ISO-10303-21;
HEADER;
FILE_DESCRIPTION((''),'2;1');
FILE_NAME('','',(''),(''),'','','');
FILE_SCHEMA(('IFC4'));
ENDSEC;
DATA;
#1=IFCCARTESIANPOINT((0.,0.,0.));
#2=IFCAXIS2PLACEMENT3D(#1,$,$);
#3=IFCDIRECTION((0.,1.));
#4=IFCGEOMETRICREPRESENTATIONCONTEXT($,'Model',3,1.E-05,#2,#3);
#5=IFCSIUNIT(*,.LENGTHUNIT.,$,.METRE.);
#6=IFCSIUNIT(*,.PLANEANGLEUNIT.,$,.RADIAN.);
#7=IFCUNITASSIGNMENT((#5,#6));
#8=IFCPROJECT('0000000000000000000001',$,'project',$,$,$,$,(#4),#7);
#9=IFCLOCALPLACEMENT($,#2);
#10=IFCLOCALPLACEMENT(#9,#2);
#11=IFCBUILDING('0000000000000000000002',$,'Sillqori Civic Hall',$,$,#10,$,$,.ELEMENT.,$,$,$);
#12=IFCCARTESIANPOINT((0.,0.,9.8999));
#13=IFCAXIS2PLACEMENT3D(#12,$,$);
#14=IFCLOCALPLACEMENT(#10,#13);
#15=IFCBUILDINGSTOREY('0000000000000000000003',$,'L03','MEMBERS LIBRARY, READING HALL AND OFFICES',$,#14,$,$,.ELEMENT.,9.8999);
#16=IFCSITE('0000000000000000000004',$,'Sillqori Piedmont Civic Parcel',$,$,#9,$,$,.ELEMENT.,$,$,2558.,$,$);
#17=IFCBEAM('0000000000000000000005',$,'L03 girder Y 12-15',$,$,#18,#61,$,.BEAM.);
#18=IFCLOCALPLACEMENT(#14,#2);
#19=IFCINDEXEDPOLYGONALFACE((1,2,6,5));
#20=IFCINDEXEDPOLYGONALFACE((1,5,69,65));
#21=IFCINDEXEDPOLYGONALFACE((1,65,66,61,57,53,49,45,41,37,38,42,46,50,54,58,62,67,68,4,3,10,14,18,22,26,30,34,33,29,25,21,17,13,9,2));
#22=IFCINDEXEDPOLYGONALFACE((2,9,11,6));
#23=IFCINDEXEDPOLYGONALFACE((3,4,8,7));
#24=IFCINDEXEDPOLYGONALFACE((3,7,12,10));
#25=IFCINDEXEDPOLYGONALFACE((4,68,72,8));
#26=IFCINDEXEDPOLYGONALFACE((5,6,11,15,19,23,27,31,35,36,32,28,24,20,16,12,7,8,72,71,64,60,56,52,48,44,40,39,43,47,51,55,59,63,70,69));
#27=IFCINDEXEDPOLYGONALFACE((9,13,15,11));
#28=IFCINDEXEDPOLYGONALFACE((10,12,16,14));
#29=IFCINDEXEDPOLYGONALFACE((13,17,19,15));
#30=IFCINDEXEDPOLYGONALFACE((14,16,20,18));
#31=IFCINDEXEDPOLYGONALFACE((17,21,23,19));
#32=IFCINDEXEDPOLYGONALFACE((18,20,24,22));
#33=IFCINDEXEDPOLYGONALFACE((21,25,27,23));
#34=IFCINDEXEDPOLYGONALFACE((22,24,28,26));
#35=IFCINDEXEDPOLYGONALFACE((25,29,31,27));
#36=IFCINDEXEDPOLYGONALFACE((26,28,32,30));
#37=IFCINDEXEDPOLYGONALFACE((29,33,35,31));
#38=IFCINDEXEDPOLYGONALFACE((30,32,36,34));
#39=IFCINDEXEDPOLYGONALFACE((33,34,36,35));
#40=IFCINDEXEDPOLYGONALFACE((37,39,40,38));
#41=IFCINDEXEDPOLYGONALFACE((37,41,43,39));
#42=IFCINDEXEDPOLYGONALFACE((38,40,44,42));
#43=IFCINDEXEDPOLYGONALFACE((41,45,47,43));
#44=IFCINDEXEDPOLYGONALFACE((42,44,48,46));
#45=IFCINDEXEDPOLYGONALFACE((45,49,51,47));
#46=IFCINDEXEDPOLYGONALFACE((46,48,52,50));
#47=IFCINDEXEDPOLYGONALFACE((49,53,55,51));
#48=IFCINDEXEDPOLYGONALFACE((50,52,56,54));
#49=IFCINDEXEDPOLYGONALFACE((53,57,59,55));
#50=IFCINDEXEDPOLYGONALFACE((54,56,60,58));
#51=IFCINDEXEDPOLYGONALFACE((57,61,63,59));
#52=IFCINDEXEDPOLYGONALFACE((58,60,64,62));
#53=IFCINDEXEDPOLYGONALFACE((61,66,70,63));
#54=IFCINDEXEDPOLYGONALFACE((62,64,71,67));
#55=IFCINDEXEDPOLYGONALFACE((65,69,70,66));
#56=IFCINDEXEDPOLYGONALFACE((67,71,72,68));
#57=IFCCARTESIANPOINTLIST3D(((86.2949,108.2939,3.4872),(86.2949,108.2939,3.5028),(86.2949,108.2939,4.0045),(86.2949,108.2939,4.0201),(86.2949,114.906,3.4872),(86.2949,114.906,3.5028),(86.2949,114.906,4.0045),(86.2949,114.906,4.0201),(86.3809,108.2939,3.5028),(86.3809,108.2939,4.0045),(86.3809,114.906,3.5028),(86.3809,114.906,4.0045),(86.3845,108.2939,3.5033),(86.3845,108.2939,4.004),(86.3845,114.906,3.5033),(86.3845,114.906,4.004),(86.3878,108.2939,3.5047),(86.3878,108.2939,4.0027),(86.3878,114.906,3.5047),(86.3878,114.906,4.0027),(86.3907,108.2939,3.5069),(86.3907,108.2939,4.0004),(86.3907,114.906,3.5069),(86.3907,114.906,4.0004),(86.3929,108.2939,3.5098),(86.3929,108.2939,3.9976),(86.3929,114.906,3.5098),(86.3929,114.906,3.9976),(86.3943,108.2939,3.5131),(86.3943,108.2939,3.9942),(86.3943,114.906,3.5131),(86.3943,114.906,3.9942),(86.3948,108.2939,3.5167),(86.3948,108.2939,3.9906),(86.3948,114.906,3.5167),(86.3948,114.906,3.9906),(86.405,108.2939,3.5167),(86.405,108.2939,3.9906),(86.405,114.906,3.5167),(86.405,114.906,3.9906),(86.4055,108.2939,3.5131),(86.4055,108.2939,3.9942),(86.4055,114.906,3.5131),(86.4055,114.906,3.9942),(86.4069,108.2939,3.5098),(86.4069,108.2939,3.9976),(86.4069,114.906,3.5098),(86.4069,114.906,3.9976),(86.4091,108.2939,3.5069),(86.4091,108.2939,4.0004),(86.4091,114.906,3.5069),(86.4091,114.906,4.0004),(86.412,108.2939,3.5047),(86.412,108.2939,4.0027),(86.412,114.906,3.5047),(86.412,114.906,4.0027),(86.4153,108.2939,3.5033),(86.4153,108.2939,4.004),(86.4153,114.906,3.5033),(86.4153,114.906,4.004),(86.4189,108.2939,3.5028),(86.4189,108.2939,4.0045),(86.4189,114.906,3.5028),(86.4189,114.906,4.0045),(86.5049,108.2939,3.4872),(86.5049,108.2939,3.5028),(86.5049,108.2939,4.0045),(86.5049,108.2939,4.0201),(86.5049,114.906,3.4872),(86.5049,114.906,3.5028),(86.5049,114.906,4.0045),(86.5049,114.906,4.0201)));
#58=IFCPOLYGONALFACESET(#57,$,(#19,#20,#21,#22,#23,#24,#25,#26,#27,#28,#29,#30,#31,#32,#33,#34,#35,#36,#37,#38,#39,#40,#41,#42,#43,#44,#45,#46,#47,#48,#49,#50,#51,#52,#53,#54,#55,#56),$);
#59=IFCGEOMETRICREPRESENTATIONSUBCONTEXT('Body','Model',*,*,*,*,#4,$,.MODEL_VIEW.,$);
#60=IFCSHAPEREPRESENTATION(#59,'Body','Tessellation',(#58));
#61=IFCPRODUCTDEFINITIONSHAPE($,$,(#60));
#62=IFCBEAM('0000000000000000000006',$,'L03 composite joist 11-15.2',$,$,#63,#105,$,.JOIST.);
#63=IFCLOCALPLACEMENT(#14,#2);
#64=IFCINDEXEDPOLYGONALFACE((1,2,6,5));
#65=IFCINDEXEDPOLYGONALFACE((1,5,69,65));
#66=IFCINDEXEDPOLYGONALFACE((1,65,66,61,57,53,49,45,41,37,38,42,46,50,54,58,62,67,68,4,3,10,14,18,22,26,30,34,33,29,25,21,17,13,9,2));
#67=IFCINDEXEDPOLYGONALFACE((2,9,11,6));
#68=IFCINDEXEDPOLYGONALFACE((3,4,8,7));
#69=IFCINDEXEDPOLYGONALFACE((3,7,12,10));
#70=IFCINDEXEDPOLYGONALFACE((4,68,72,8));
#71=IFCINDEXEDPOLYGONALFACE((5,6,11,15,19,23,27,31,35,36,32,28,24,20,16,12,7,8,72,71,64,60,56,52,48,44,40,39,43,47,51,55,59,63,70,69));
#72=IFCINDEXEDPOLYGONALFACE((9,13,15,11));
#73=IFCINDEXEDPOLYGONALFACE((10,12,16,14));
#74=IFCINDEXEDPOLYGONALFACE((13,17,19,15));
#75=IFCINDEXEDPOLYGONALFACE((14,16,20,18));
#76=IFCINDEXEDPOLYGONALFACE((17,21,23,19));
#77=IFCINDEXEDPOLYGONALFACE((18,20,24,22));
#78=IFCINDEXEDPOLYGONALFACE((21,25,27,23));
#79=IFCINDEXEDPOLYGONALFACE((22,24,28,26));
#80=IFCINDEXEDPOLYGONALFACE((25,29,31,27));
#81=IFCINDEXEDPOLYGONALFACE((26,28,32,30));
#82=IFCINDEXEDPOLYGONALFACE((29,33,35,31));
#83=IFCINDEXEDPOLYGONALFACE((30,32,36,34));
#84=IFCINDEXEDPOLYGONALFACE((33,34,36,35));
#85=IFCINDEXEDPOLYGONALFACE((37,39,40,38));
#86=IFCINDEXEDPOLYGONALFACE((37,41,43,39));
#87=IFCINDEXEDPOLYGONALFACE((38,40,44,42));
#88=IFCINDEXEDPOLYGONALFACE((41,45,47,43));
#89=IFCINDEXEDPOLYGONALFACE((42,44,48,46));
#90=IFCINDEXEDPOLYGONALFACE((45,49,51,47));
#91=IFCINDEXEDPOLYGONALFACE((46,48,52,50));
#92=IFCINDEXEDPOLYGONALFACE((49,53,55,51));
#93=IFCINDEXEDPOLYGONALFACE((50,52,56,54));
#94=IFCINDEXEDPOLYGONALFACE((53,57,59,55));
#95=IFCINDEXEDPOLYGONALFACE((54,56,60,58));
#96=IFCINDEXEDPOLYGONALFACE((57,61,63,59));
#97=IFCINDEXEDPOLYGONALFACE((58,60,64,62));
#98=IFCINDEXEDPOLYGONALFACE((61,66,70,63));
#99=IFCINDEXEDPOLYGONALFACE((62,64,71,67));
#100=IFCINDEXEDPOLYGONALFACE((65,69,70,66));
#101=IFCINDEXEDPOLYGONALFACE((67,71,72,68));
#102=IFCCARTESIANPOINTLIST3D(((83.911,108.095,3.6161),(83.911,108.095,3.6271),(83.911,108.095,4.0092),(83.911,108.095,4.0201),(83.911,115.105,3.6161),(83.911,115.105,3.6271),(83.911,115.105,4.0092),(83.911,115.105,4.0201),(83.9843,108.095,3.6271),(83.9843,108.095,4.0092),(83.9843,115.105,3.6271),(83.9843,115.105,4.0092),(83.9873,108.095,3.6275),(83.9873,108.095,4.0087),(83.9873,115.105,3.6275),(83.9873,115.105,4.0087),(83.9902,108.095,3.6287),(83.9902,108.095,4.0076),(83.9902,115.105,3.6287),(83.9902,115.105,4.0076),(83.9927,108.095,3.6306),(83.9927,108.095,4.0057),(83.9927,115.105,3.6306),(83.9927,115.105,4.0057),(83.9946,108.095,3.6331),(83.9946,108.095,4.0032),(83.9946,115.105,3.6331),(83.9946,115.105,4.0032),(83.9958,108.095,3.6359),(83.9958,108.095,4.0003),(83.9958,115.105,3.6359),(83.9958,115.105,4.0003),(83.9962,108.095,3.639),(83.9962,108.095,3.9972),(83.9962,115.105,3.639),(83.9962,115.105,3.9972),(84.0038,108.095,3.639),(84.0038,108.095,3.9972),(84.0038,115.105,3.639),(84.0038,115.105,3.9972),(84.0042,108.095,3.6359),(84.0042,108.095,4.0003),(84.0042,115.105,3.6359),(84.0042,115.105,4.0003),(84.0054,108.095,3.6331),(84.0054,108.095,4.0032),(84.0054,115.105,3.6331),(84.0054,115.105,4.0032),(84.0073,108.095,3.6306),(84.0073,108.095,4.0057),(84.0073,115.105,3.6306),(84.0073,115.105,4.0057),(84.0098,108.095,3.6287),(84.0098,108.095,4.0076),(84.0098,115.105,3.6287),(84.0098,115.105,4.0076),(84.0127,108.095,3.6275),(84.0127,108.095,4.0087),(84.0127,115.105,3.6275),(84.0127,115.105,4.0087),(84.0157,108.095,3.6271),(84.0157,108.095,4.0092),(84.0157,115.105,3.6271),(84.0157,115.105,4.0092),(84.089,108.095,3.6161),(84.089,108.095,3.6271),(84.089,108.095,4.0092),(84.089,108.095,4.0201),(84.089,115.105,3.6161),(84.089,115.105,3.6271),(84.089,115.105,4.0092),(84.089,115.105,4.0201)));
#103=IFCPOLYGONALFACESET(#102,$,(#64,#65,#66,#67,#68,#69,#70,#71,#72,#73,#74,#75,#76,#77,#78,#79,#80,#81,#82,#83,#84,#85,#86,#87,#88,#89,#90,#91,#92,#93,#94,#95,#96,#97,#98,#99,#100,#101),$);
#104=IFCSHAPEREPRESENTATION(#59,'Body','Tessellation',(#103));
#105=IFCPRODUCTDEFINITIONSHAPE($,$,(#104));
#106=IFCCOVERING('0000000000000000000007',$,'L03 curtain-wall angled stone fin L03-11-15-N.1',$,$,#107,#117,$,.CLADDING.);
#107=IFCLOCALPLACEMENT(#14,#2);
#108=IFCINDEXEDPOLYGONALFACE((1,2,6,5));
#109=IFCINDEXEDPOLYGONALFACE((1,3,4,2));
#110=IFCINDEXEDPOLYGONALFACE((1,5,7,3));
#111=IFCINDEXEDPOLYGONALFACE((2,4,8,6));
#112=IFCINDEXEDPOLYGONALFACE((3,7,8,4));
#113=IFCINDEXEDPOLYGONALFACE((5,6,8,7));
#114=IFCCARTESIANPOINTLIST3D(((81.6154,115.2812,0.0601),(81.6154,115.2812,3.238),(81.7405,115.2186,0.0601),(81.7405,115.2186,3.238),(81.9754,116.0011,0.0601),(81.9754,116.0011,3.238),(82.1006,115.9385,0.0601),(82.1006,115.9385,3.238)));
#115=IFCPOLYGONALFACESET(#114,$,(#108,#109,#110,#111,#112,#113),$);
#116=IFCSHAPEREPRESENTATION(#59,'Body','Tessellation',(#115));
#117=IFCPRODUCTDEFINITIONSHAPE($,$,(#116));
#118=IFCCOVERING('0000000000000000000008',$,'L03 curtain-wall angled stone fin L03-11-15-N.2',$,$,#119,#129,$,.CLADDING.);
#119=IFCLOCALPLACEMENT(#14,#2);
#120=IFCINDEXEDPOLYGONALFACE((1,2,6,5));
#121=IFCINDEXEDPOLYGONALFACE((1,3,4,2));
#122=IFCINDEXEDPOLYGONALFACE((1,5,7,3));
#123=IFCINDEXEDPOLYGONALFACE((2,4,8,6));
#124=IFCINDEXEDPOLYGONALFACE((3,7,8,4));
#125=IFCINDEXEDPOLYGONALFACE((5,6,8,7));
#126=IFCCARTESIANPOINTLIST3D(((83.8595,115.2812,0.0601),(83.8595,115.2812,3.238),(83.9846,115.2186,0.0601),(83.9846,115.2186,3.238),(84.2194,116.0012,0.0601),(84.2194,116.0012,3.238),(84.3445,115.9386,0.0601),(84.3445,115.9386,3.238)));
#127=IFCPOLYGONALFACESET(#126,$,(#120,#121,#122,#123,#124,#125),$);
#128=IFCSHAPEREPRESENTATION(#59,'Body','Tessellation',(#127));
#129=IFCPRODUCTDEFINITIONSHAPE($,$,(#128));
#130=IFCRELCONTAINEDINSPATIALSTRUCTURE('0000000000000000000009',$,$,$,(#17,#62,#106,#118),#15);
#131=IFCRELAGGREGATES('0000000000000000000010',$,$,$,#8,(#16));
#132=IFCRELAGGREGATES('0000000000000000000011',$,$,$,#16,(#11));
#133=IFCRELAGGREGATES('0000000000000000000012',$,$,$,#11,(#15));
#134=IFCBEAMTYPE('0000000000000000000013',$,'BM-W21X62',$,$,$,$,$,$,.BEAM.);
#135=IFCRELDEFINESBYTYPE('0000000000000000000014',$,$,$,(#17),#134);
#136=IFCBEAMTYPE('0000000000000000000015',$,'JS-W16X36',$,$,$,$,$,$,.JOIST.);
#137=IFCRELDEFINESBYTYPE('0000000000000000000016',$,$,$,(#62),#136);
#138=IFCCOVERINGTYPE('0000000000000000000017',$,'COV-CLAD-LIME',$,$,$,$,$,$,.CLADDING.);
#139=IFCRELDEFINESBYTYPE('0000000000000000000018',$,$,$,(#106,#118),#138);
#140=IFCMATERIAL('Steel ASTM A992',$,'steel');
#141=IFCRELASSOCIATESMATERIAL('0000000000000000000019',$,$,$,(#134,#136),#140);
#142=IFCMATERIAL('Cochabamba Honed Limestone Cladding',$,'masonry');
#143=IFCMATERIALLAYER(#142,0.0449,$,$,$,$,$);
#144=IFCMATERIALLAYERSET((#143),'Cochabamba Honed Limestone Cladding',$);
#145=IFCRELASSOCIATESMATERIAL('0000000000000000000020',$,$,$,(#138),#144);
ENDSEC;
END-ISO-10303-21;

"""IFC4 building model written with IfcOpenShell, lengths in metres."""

from ifc_helpers import new_model, si_unit, direction, frame, frame_2d, origin, origin_2d, place, context, subcontext, project, spatial, rectangle, i_section, extrude, material, layer, layer_set, material_profile, profile_set, type_object, element, save


model = new_model("IFC4")

# Units and contexts
model_context = context("Model", 3, precision=1e-05, world=origin(), true_north=direction((0.0, 1.0)))
body_context = subcontext(model_context, "Body", "Model", "MODEL_VIEW")
ifc_project = project(units=[si_unit("LENGTHUNIT", "METRE"), si_unit("PLANEANGLEUNIT", "RADIAN")], contexts=[model_context])

# Site, building, storey
site_placement = place(None, origin())
site = spatial("IfcSite", under=ifc_project, at=site_placement, Name="Sillqori Piedmont Civic Parcel", CompositionType="ELEMENT", RefElevation=2558.0)
building_placement = place(site_placement, origin())
building = spatial("IfcBuilding", under=site, at=building_placement, Name="Sillqori Civic Hall", CompositionType="ELEMENT")
storey_placement = place(building_placement, frame((0.0, 0.0, 9.8999)))
storey = spatial("IfcBuildingStorey", under=building, at=storey_placement, Name="L03", Description="MEMBERS LIBRARY, READING HALL AND OFFICES", CompositionType="ELEMENT", Elevation=9.8999)

# Beam
ifc_material_1 = material(Name="Steel ASTM A992", Category="steel")
ifc_material_profile_1 = material_profile(ifc_material_1, i_section(OverallWidth=0.21, OverallDepth=0.533, WebThickness=0.0103, FlangeThickness=0.0156, FilletRadius=0.0139, at=origin_2d()), Name="W21X62")
ifc_profile_set_1 = profile_set([ifc_material_profile_1], Name="Steel ASTM A992")
beam_type_1 = type_object("IfcBeamType", Name="BM-W21X62", PredefinedType="BEAM", material=ifc_profile_set_1)
beam_1_placement = place(storey_placement, frame((86.3999, 108.2939, 3.7537), z_axis=(0.0, 1.0, 0.0), x_axis=(-1.0, 0.0, 0.0)))
element("IfcBeam", 1, at=beam_1_placement, inside=storey, type_object=beam_type_1, Name="L03 girder Y 12-15", PredefinedType="BEAM", context=body_context, shape_type="SweptSolid", body=[
    extrude(i_section(OverallWidth=0.21, OverallDepth=0.533, WebThickness=0.0103, FlangeThickness=0.0156, FilletRadius=0.0139, at=origin_2d()), origin(), (0.0, 0.0, 1.0), 6.6121),
])

# Beam
ifc_material_profile_2 = material_profile(ifc_material_1, i_section(OverallWidth=0.178, OverallDepth=0.4041, WebThickness=0.0076, FlangeThickness=0.011, FilletRadius=0.012, at=origin_2d()), Name="W16X36")
ifc_profile_set_2 = profile_set([ifc_material_profile_2], Name="Steel ASTM A992")
beam_type_2 = type_object("IfcBeamType", Name="JS-W16X36", PredefinedType="JOIST", material=ifc_profile_set_2)
beam_2_placement = place(storey_placement, frame((84.0, 108.095, 3.8181), z_axis=(0.0, 1.0, 0.0), x_axis=(-1.0, 0.0, 0.0)))
element("IfcBeam", 2, at=beam_2_placement, inside=storey, type_object=beam_type_2, Name="L03 composite joist 11-15.2", PredefinedType="JOIST", context=body_context, shape_type="SweptSolid", body=[
    extrude(i_section(OverallWidth=0.178, OverallDepth=0.4041, WebThickness=0.0076, FlangeThickness=0.011, FilletRadius=0.012, at=origin_2d()), origin(), (0.0, 0.0, 1.0), 7.01),
])

# Coverings
ifc_material_2 = material(Name="Cochabamba Honed Limestone Cladding", Category="masonry")
ifc_layer_1 = layer(ifc_material_2, 0.0449)
ifc_layer_set_1 = layer_set([ifc_layer_1], Name="Cochabamba Honed Limestone Cladding")
covering_type = type_object("IfcCoveringType", Name="COV-CLAD-LIME", PredefinedType="CLADDING", material=ifc_layer_set_1)
for number, where, z_axis, x_axis, name in (
    (3, (81.678, 115.25, 0.0601), (0.0, 0.0, 1.0), (0.447335, 0.894367, 0.0), "L03 curtain-wall angled stone fin L03-11-15-N.1"),
    (4, (83.9221, 115.25, 0.0601), (0.0, 0.0, 1.0), (0.447092, 0.894488, 0.0), "L03 curtain-wall angled stone fin L03-11-15-N.2"),
):
    element("IfcCovering", number, at=place(storey_placement, frame(where, z_axis=z_axis, x_axis=x_axis)), inside=storey, type_object=covering_type, Name=name, PredefinedType="CLADDING", context=body_context, shape_type="SweptSolid", body=[
        extrude(rectangle(XDim=0.8049, YDim=0.1399, at=frame_2d((0.4023, 0.0))), origin(), (0.0, 0.0, 1.0), 3.178),
    ])

save(model, "model.ifc")
